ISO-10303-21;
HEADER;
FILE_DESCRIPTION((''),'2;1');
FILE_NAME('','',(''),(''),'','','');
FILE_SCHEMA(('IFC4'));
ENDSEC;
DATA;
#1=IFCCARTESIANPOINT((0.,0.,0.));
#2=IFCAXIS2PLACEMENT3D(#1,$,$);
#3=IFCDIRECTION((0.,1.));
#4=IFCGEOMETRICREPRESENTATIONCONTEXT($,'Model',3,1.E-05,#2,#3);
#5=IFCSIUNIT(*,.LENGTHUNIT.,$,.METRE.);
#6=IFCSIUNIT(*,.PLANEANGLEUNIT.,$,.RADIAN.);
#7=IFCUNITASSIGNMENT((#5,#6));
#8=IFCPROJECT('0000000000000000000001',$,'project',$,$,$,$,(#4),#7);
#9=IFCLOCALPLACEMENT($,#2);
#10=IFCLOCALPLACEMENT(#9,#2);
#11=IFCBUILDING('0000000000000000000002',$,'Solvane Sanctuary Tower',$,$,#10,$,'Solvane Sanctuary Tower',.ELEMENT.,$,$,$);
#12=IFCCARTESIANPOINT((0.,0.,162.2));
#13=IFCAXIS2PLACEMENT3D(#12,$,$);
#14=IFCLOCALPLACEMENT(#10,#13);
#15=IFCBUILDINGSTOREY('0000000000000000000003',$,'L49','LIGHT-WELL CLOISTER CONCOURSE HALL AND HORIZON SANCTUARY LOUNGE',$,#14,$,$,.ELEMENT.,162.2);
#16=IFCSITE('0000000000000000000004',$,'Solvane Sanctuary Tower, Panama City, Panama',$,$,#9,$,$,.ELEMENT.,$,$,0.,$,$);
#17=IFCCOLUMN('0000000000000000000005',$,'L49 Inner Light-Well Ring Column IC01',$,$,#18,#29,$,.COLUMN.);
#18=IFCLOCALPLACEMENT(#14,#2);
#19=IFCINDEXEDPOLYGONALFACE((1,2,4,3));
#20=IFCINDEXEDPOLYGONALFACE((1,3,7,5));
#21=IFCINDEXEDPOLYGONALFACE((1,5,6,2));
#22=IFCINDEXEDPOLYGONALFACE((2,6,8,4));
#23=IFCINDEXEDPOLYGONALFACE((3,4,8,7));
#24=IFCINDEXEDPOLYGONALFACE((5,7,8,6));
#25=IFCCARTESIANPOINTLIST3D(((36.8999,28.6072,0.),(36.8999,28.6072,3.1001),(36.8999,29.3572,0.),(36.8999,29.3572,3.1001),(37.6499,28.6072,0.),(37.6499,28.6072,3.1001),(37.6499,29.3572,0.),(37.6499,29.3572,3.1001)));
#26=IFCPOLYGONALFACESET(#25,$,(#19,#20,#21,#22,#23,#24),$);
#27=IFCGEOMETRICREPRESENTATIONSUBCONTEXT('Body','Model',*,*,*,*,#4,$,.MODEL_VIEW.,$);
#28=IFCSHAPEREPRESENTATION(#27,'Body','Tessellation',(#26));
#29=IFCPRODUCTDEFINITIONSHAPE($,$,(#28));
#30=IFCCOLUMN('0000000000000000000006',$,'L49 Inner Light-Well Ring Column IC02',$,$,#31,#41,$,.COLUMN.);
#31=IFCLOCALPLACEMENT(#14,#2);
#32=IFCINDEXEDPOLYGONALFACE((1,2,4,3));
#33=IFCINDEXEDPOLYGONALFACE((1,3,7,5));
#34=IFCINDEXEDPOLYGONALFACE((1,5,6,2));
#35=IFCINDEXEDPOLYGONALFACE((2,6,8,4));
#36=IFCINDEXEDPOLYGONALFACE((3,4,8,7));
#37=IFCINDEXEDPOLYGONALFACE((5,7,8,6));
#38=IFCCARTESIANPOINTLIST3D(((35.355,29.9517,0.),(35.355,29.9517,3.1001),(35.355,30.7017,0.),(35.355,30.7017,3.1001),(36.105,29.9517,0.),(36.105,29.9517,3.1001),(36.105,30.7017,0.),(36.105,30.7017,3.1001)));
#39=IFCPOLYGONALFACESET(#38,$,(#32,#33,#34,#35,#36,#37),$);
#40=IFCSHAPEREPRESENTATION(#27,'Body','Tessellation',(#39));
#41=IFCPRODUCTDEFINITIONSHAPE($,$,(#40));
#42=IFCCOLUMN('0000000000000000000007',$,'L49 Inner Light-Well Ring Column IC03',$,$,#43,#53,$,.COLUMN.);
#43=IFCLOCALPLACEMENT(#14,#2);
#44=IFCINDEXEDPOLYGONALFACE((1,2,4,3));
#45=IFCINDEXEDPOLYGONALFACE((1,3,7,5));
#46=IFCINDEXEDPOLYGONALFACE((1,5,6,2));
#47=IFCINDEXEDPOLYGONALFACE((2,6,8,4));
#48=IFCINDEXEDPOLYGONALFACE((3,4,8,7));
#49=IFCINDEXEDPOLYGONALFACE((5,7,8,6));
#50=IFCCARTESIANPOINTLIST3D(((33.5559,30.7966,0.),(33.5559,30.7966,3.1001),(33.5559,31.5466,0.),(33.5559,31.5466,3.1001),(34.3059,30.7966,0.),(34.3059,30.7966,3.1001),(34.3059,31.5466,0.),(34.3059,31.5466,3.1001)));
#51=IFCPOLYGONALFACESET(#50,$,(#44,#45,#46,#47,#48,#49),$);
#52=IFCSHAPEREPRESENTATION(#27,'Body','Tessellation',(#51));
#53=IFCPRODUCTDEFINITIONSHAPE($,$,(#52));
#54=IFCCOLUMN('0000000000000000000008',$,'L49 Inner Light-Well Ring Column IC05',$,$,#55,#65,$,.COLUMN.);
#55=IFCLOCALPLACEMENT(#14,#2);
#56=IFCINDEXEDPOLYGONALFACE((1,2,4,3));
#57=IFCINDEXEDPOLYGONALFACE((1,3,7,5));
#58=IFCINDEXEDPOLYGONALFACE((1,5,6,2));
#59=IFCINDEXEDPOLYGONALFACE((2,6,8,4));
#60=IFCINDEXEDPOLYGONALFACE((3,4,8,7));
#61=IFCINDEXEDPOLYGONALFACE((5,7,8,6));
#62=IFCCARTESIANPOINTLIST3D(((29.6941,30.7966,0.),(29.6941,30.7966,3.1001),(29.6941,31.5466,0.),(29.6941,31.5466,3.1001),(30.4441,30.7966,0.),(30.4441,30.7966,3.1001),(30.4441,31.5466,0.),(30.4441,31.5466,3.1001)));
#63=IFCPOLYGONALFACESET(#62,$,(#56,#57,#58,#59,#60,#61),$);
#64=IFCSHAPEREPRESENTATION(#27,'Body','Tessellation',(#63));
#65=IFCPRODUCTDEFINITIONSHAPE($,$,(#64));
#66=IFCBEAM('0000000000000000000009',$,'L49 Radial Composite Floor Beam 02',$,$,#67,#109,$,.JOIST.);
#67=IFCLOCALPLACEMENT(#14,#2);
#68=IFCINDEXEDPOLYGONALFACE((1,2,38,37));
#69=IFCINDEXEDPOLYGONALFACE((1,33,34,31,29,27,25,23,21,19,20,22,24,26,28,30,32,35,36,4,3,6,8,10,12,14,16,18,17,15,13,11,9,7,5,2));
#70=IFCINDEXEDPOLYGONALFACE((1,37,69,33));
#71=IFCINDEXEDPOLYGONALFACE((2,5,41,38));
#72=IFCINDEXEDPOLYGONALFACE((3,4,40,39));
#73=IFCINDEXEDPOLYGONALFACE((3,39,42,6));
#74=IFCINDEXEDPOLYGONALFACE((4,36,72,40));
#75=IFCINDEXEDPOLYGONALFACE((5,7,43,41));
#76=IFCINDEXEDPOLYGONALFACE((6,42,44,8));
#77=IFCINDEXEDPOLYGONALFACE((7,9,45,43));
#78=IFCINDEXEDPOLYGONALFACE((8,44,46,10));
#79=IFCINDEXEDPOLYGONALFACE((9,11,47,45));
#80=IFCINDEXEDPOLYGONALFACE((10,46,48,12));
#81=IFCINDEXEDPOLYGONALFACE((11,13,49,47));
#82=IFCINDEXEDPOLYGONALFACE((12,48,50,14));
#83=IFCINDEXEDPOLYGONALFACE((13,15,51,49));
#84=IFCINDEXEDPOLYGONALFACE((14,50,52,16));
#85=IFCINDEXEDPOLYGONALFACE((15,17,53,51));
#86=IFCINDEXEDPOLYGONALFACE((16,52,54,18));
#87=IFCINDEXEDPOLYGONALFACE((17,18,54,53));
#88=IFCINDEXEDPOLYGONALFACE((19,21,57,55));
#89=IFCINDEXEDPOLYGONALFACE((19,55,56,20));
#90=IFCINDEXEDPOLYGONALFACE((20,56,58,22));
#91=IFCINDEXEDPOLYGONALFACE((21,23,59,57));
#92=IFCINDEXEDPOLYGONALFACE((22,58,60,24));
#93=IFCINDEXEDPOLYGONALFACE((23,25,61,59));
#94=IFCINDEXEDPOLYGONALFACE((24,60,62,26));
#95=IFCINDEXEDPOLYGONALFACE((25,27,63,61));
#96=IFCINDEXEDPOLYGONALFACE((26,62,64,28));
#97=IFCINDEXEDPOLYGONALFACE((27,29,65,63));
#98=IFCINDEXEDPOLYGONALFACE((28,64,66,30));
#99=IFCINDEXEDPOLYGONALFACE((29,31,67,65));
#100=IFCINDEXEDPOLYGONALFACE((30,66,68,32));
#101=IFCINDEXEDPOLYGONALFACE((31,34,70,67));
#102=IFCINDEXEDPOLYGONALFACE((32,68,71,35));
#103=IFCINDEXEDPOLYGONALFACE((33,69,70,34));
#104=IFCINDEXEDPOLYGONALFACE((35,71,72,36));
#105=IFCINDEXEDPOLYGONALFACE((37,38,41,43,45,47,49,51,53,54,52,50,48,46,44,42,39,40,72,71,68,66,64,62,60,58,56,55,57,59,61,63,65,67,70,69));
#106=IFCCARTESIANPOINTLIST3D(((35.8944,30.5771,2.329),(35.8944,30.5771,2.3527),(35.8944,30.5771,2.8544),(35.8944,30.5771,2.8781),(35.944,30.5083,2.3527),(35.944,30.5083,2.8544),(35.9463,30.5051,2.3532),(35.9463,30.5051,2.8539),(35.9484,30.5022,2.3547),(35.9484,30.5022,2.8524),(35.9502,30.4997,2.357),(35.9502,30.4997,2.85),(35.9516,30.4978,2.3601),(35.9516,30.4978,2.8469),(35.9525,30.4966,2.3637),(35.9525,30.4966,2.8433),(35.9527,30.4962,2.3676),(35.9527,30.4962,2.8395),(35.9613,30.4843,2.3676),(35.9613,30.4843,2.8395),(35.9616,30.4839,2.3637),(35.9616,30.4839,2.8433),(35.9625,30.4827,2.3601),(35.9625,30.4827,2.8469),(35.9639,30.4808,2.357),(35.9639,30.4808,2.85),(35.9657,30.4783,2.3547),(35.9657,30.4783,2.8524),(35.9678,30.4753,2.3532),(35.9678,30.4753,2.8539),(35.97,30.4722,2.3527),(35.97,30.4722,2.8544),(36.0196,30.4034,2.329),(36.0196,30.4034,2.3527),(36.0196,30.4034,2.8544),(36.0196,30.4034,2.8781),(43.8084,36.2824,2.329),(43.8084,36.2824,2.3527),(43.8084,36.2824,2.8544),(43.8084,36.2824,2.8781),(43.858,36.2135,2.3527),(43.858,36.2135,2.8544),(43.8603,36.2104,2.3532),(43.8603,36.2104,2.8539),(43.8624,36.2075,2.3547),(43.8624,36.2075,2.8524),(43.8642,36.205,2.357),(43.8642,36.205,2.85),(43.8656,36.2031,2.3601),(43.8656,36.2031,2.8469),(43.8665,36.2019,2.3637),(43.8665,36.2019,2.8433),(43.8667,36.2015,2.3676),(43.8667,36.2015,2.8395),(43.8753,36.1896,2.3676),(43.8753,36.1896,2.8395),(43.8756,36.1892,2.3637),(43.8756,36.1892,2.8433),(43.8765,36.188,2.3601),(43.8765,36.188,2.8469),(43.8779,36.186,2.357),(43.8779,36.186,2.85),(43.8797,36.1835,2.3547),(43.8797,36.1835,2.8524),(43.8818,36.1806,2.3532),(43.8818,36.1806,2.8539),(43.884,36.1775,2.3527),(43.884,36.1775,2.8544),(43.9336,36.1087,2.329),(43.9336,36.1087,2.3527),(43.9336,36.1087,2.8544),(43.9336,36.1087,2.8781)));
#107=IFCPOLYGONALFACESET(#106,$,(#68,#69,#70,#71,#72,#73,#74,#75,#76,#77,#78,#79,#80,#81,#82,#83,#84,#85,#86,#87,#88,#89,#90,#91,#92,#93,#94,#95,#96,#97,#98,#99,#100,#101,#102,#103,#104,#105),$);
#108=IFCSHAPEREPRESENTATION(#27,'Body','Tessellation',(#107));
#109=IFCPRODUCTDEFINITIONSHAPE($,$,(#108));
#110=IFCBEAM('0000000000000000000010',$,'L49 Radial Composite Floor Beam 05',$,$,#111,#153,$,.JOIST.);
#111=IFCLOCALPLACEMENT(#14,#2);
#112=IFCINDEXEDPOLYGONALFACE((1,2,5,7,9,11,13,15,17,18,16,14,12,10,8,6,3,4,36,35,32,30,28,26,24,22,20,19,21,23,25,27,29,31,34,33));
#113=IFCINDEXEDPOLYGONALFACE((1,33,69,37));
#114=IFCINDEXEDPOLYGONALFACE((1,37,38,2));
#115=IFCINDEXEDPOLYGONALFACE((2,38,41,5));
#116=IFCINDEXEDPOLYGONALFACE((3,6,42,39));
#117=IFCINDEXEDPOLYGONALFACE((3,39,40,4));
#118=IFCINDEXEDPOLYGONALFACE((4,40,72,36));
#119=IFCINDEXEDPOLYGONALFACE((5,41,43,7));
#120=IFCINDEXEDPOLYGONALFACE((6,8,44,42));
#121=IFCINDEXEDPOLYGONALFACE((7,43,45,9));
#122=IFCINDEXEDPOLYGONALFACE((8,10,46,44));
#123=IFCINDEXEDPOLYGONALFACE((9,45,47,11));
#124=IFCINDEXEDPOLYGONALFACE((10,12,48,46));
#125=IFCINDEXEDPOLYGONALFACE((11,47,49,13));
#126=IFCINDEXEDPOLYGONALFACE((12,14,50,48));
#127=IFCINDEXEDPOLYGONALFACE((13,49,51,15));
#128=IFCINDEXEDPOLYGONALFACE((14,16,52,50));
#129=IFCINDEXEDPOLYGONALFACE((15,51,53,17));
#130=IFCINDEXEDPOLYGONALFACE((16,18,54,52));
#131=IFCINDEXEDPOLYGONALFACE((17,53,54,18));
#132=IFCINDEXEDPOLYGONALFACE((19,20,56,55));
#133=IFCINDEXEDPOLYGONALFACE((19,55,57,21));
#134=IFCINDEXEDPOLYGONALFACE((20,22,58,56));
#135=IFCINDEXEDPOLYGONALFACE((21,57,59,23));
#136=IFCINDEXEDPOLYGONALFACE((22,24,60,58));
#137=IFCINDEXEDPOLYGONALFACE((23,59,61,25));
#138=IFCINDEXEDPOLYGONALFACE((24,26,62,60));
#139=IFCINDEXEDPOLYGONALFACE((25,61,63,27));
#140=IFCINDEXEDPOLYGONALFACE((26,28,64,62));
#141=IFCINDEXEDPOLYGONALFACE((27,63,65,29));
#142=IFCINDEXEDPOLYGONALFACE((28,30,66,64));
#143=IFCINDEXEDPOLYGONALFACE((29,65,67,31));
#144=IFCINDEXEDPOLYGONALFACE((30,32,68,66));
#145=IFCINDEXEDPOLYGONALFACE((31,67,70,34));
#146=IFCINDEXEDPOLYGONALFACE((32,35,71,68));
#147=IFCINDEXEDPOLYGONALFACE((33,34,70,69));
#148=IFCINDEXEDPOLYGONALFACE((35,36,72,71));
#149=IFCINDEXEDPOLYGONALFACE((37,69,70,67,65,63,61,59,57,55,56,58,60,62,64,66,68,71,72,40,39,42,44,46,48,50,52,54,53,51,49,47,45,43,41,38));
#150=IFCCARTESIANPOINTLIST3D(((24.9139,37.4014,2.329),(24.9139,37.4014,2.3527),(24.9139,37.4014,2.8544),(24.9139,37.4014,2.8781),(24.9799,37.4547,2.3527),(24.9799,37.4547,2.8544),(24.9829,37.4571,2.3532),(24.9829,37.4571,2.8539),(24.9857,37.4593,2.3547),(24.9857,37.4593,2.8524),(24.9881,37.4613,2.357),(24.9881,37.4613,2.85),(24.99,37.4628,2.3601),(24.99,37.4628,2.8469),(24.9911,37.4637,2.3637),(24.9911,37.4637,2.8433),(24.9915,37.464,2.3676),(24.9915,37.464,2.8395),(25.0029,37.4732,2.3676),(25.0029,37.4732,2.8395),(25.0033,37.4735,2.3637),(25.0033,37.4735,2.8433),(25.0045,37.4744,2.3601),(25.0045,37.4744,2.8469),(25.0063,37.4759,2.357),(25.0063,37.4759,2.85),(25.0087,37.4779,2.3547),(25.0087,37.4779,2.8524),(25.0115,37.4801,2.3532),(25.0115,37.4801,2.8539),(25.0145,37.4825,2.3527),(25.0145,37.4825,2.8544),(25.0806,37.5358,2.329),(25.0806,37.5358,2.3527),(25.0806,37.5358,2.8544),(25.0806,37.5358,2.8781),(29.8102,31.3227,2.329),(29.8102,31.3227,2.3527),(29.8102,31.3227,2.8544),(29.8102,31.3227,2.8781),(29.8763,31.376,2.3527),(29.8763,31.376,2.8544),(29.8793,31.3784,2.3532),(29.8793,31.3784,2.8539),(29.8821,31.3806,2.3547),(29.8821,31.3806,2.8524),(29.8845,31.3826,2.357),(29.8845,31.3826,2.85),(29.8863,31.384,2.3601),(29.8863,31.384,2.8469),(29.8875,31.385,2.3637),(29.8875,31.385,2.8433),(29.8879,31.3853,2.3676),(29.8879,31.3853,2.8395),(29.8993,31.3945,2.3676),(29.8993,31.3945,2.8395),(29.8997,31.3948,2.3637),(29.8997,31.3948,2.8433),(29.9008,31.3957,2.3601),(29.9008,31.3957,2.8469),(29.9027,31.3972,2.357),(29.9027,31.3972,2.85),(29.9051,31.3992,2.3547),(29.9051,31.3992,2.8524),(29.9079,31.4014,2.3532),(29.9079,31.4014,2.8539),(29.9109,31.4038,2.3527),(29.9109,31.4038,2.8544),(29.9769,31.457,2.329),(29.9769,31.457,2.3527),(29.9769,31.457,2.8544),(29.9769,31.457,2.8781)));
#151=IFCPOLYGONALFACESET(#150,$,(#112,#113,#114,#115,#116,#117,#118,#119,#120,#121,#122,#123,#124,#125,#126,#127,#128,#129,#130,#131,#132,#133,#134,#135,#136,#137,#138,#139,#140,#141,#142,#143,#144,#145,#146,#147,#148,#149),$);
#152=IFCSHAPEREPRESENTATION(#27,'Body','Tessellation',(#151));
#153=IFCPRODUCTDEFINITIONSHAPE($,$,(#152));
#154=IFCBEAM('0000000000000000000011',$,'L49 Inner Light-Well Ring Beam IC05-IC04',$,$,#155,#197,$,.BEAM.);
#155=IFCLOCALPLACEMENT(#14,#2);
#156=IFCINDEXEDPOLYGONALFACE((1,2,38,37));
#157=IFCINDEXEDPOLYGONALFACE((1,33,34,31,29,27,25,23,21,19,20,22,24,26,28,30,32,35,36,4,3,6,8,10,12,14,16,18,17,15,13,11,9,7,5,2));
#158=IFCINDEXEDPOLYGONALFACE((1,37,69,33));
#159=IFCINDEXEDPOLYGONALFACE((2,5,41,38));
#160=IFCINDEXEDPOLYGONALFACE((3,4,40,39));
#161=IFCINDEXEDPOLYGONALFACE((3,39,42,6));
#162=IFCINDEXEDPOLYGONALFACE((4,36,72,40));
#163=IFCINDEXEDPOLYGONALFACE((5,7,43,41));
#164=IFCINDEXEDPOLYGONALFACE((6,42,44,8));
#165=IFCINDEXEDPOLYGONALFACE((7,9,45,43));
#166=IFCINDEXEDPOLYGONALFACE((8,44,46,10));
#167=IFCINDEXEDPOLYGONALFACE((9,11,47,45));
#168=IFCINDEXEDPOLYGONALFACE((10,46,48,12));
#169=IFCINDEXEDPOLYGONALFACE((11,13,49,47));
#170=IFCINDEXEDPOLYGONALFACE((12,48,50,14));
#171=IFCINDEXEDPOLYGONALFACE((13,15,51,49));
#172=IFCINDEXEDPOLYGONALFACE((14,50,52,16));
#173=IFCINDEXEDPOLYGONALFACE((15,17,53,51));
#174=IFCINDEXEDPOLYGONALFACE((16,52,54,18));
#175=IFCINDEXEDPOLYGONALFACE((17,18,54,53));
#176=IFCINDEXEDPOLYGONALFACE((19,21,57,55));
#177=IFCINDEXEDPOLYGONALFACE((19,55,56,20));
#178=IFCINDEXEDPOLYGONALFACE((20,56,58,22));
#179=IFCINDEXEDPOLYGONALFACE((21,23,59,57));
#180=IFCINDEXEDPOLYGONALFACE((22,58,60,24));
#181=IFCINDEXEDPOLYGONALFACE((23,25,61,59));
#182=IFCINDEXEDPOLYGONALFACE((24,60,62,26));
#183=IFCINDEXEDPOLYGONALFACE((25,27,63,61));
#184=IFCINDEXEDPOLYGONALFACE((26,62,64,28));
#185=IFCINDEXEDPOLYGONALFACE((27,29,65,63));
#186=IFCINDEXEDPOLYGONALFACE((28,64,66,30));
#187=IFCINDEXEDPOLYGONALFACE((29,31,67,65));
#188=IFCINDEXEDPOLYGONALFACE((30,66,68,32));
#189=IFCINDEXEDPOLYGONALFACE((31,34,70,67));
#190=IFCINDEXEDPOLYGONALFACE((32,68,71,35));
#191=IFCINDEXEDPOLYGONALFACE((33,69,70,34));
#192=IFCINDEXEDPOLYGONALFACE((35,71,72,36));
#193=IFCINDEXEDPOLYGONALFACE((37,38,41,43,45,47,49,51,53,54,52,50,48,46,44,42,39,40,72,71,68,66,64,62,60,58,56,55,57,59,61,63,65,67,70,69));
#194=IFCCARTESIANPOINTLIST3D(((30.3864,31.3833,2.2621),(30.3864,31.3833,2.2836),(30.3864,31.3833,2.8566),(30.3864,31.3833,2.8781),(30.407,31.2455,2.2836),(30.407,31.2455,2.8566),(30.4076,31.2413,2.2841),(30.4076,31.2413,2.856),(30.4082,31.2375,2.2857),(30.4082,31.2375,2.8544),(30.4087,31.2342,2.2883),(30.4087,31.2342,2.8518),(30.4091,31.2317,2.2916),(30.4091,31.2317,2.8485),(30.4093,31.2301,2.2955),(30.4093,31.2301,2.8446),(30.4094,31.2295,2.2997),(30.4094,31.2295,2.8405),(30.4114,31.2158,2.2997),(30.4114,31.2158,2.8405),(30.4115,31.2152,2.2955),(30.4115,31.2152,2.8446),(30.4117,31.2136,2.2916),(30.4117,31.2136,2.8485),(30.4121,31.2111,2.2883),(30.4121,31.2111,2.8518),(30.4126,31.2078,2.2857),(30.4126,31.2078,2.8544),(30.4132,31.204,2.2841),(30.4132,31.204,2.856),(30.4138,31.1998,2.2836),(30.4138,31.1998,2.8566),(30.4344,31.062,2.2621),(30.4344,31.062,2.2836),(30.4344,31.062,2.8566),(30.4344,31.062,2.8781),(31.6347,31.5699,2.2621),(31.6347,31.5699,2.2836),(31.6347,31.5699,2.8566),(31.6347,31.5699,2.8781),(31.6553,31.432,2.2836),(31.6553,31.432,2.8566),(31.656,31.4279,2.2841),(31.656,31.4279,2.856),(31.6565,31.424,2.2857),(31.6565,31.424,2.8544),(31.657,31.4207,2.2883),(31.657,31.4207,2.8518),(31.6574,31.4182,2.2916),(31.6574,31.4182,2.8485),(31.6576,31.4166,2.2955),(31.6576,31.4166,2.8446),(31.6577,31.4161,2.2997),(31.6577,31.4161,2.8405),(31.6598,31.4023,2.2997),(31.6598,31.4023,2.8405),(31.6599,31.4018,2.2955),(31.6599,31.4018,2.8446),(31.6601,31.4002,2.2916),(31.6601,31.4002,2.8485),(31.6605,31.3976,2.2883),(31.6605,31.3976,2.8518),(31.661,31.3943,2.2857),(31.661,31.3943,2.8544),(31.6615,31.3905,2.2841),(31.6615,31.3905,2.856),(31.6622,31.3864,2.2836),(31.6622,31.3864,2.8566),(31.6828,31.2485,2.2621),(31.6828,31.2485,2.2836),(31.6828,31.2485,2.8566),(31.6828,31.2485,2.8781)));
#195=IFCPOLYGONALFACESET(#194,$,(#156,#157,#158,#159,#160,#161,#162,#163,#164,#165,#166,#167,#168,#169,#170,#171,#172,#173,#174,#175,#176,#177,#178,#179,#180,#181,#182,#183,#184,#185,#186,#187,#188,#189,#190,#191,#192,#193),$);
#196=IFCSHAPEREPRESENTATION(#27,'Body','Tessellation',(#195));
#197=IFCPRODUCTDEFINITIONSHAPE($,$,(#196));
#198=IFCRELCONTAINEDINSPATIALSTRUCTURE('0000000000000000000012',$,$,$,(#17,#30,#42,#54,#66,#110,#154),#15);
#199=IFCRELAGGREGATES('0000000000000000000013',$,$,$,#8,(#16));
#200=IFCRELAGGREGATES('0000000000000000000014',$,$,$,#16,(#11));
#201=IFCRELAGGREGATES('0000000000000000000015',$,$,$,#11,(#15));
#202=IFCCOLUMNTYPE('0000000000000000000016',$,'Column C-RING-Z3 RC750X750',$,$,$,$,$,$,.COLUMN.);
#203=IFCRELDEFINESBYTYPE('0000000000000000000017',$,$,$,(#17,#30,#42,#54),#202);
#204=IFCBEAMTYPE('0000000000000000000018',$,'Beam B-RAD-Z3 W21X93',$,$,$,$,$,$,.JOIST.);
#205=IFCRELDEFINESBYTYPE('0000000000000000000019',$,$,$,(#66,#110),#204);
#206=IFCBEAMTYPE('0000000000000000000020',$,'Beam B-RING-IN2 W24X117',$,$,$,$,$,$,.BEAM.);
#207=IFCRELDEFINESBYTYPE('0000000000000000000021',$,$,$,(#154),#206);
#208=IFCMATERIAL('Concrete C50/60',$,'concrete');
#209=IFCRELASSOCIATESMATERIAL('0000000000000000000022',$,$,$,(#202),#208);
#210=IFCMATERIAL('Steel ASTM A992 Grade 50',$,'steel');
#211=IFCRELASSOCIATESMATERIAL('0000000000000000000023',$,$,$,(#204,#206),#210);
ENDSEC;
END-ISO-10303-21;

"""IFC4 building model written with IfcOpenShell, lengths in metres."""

from ifc_helpers import new_model, si_unit, direction, frame, origin, origin_2d, place, context, subcontext, project, spatial, rectangle, i_section, extrude, material, material_profile, profile_set, type_object, element, save


model = new_model("IFC4")

# Units and contexts
model_context = context("Model", 3, precision=1e-05, world=origin(), true_north=direction((0.0, 1.0)))
body_context = subcontext(model_context, "Body", "Model", "MODEL_VIEW")
ifc_project = project(units=[si_unit("LENGTHUNIT", "METRE"), si_unit("PLANEANGLEUNIT", "RADIAN")], contexts=[model_context])

# Site, building, storey
site_placement = place(None, origin())
site = spatial("IfcSite", under=ifc_project, at=site_placement, Name="Solvane Sanctuary Tower, Panama City, Panama", CompositionType="ELEMENT", RefElevation=0.0)
building_placement = place(site_placement, origin())
building = spatial("IfcBuilding", under=site, at=building_placement, Name="Solvane Sanctuary Tower", LongName="Solvane Sanctuary Tower", CompositionType="ELEMENT")
storey_placement = place(building_placement, frame((0.0, 0.0, 162.2)))
storey = spatial("IfcBuildingStorey", under=building, at=storey_placement, Name="L49", Description="LIGHT-WELL CLOISTER CONCOURSE HALL AND HORIZON SANCTUARY LOUNGE", CompositionType="ELEMENT", Elevation=162.2)

# Columns
ifc_material_1 = material(Name="Concrete C50/60", Category="concrete")
ifc_material_profile_1 = material_profile(ifc_material_1, rectangle(XDim=0.75, YDim=0.75, at=origin_2d()), Name="RC750X750")
ifc_profile_set_1 = profile_set([ifc_material_profile_1], Name="Concrete C50/60")
column_type = type_object("IfcColumnType", Name="Column C-RING-Z3 RC750X750", PredefinedType="COLUMN", material=ifc_profile_set_1)
for number, where, z_axis, x_axis, name in (
    (1, (37.2749, 28.9822, 0.0), (0.0, 0.0, 1.0), (1.0, 0.0, 0.0), "L49 Inner Light-Well Ring Column IC01"),
    (2, (35.73, 30.3267, 0.0), (0.0, 0.0, 1.0), (1.0, 0.0, 0.0), "L49 Inner Light-Well Ring Column IC02"),
    (3, (33.9309, 31.1716, 0.0), (0.0, 0.0, 1.0), (1.0, 0.0, 0.0), "L49 Inner Light-Well Ring Column IC03"),
    (4, (30.0691, 31.1716, 0.0), (0.0, 0.0, 1.0), (1.0, 0.0, 0.0), "L49 Inner Light-Well Ring Column IC05"),
):
    element("IfcColumn", number, at=place(storey_placement, frame(where, z_axis=z_axis, x_axis=x_axis)), inside=storey, type_object=column_type, Name=name, PredefinedType="COLUMN", context=body_context, shape_type="SweptSolid", body=[
        extrude(rectangle(XDim=0.75, YDim=0.75, at=origin_2d()), origin(), (0.0, 0.0, 1.0), 3.1001),
    ])

# Beams
ifc_material_2 = material(Name="Steel ASTM A992 Grade 50", Category="steel")
ifc_material_profile_2 = material_profile(ifc_material_2, i_section(OverallWidth=0.2141, OverallDepth=0.5491, WebThickness=0.0146, FlangeThickness=0.0237, FilletRadius=0.0149, at=origin_2d()), Name="W21X93")
ifc_profile_set_2 = profile_set([ifc_material_profile_2], Name="Steel ASTM A992 Grade 50")
beam_type_1 = type_object("IfcBeamType", Name="Beam B-RAD-Z3 W21X93", PredefinedType="JOIST", material=ifc_profile_set_2)
beam_1_placement = place(storey_placement, frame((35.957, 30.4902, 2.6035), z_axis=(0.811184, 0.58479, 0.0), x_axis=(-0.58479, 0.811184, 0.0)))
element("IfcBeam", 5, at=beam_1_placement, inside=storey, type_object=beam_type_1, Name="L49 Radial Composite Floor Beam 02", PredefinedType="JOIST", context=body_context, shape_type="SweptSolid", body=[
    extrude(i_section(OverallWidth=0.2141, OverallDepth=0.5491, WebThickness=0.0146, FlangeThickness=0.0237, FilletRadius=0.0149, at=origin_2d()), origin(), (0.0, 0.0, 1.0), 9.7561),
])
beam_2_placement = place(storey_placement, frame((29.8936, 31.3899, 2.6035), z_axis=(-0.627297, 0.77878, 0.0), x_axis=(-0.77878, -0.627297, 0.0)))
element("IfcBeam", 6, at=beam_2_placement, inside=storey, type_object=beam_type_1, Name="L49 Radial Composite Floor Beam 05", PredefinedType="JOIST", context=body_context, shape_type="SweptSolid", body=[
    extrude(i_section(OverallWidth=0.2141, OverallDepth=0.5491, WebThickness=0.0146, FlangeThickness=0.0237, FilletRadius=0.0149, at=origin_2d()), origin(), (0.0, 0.0, 1.0), 7.8054),
])
ifc_material_profile_3 = material_profile(ifc_material_2, i_section(OverallWidth=0.325, OverallDepth=0.616, WebThickness=0.0139, FlangeThickness=0.0215, FilletRadius=0.0161, at=origin_2d()), Name="W24X117")
ifc_profile_set_3 = profile_set([ifc_material_profile_3], Name="Steel ASTM A992 Grade 50")
beam_type_2 = type_object("IfcBeamType", Name="Beam B-RING-IN2 W24X117", PredefinedType="BEAM", material=ifc_profile_set_3)
beam_3_placement = place(storey_placement, frame((30.4104, 31.2227, 2.5701), z_axis=(0.98902, 0.147782, 0.0), x_axis=(-0.147782, 0.98902, 0.0)))
element("IfcBeam", 7, at=beam_3_placement, inside=storey, type_object=beam_type_2, Name="L49 Inner Light-Well Ring Beam IC05-IC04", PredefinedType="BEAM", context=body_context, shape_type="SweptSolid", body=[
    extrude(i_section(OverallWidth=0.325, OverallDepth=0.616, WebThickness=0.0139, FlangeThickness=0.0215, FilletRadius=0.0161, at=origin_2d()), origin(), (0.0, 0.0, 1.0), 1.2622),
])

save(model, "model.ifc")
